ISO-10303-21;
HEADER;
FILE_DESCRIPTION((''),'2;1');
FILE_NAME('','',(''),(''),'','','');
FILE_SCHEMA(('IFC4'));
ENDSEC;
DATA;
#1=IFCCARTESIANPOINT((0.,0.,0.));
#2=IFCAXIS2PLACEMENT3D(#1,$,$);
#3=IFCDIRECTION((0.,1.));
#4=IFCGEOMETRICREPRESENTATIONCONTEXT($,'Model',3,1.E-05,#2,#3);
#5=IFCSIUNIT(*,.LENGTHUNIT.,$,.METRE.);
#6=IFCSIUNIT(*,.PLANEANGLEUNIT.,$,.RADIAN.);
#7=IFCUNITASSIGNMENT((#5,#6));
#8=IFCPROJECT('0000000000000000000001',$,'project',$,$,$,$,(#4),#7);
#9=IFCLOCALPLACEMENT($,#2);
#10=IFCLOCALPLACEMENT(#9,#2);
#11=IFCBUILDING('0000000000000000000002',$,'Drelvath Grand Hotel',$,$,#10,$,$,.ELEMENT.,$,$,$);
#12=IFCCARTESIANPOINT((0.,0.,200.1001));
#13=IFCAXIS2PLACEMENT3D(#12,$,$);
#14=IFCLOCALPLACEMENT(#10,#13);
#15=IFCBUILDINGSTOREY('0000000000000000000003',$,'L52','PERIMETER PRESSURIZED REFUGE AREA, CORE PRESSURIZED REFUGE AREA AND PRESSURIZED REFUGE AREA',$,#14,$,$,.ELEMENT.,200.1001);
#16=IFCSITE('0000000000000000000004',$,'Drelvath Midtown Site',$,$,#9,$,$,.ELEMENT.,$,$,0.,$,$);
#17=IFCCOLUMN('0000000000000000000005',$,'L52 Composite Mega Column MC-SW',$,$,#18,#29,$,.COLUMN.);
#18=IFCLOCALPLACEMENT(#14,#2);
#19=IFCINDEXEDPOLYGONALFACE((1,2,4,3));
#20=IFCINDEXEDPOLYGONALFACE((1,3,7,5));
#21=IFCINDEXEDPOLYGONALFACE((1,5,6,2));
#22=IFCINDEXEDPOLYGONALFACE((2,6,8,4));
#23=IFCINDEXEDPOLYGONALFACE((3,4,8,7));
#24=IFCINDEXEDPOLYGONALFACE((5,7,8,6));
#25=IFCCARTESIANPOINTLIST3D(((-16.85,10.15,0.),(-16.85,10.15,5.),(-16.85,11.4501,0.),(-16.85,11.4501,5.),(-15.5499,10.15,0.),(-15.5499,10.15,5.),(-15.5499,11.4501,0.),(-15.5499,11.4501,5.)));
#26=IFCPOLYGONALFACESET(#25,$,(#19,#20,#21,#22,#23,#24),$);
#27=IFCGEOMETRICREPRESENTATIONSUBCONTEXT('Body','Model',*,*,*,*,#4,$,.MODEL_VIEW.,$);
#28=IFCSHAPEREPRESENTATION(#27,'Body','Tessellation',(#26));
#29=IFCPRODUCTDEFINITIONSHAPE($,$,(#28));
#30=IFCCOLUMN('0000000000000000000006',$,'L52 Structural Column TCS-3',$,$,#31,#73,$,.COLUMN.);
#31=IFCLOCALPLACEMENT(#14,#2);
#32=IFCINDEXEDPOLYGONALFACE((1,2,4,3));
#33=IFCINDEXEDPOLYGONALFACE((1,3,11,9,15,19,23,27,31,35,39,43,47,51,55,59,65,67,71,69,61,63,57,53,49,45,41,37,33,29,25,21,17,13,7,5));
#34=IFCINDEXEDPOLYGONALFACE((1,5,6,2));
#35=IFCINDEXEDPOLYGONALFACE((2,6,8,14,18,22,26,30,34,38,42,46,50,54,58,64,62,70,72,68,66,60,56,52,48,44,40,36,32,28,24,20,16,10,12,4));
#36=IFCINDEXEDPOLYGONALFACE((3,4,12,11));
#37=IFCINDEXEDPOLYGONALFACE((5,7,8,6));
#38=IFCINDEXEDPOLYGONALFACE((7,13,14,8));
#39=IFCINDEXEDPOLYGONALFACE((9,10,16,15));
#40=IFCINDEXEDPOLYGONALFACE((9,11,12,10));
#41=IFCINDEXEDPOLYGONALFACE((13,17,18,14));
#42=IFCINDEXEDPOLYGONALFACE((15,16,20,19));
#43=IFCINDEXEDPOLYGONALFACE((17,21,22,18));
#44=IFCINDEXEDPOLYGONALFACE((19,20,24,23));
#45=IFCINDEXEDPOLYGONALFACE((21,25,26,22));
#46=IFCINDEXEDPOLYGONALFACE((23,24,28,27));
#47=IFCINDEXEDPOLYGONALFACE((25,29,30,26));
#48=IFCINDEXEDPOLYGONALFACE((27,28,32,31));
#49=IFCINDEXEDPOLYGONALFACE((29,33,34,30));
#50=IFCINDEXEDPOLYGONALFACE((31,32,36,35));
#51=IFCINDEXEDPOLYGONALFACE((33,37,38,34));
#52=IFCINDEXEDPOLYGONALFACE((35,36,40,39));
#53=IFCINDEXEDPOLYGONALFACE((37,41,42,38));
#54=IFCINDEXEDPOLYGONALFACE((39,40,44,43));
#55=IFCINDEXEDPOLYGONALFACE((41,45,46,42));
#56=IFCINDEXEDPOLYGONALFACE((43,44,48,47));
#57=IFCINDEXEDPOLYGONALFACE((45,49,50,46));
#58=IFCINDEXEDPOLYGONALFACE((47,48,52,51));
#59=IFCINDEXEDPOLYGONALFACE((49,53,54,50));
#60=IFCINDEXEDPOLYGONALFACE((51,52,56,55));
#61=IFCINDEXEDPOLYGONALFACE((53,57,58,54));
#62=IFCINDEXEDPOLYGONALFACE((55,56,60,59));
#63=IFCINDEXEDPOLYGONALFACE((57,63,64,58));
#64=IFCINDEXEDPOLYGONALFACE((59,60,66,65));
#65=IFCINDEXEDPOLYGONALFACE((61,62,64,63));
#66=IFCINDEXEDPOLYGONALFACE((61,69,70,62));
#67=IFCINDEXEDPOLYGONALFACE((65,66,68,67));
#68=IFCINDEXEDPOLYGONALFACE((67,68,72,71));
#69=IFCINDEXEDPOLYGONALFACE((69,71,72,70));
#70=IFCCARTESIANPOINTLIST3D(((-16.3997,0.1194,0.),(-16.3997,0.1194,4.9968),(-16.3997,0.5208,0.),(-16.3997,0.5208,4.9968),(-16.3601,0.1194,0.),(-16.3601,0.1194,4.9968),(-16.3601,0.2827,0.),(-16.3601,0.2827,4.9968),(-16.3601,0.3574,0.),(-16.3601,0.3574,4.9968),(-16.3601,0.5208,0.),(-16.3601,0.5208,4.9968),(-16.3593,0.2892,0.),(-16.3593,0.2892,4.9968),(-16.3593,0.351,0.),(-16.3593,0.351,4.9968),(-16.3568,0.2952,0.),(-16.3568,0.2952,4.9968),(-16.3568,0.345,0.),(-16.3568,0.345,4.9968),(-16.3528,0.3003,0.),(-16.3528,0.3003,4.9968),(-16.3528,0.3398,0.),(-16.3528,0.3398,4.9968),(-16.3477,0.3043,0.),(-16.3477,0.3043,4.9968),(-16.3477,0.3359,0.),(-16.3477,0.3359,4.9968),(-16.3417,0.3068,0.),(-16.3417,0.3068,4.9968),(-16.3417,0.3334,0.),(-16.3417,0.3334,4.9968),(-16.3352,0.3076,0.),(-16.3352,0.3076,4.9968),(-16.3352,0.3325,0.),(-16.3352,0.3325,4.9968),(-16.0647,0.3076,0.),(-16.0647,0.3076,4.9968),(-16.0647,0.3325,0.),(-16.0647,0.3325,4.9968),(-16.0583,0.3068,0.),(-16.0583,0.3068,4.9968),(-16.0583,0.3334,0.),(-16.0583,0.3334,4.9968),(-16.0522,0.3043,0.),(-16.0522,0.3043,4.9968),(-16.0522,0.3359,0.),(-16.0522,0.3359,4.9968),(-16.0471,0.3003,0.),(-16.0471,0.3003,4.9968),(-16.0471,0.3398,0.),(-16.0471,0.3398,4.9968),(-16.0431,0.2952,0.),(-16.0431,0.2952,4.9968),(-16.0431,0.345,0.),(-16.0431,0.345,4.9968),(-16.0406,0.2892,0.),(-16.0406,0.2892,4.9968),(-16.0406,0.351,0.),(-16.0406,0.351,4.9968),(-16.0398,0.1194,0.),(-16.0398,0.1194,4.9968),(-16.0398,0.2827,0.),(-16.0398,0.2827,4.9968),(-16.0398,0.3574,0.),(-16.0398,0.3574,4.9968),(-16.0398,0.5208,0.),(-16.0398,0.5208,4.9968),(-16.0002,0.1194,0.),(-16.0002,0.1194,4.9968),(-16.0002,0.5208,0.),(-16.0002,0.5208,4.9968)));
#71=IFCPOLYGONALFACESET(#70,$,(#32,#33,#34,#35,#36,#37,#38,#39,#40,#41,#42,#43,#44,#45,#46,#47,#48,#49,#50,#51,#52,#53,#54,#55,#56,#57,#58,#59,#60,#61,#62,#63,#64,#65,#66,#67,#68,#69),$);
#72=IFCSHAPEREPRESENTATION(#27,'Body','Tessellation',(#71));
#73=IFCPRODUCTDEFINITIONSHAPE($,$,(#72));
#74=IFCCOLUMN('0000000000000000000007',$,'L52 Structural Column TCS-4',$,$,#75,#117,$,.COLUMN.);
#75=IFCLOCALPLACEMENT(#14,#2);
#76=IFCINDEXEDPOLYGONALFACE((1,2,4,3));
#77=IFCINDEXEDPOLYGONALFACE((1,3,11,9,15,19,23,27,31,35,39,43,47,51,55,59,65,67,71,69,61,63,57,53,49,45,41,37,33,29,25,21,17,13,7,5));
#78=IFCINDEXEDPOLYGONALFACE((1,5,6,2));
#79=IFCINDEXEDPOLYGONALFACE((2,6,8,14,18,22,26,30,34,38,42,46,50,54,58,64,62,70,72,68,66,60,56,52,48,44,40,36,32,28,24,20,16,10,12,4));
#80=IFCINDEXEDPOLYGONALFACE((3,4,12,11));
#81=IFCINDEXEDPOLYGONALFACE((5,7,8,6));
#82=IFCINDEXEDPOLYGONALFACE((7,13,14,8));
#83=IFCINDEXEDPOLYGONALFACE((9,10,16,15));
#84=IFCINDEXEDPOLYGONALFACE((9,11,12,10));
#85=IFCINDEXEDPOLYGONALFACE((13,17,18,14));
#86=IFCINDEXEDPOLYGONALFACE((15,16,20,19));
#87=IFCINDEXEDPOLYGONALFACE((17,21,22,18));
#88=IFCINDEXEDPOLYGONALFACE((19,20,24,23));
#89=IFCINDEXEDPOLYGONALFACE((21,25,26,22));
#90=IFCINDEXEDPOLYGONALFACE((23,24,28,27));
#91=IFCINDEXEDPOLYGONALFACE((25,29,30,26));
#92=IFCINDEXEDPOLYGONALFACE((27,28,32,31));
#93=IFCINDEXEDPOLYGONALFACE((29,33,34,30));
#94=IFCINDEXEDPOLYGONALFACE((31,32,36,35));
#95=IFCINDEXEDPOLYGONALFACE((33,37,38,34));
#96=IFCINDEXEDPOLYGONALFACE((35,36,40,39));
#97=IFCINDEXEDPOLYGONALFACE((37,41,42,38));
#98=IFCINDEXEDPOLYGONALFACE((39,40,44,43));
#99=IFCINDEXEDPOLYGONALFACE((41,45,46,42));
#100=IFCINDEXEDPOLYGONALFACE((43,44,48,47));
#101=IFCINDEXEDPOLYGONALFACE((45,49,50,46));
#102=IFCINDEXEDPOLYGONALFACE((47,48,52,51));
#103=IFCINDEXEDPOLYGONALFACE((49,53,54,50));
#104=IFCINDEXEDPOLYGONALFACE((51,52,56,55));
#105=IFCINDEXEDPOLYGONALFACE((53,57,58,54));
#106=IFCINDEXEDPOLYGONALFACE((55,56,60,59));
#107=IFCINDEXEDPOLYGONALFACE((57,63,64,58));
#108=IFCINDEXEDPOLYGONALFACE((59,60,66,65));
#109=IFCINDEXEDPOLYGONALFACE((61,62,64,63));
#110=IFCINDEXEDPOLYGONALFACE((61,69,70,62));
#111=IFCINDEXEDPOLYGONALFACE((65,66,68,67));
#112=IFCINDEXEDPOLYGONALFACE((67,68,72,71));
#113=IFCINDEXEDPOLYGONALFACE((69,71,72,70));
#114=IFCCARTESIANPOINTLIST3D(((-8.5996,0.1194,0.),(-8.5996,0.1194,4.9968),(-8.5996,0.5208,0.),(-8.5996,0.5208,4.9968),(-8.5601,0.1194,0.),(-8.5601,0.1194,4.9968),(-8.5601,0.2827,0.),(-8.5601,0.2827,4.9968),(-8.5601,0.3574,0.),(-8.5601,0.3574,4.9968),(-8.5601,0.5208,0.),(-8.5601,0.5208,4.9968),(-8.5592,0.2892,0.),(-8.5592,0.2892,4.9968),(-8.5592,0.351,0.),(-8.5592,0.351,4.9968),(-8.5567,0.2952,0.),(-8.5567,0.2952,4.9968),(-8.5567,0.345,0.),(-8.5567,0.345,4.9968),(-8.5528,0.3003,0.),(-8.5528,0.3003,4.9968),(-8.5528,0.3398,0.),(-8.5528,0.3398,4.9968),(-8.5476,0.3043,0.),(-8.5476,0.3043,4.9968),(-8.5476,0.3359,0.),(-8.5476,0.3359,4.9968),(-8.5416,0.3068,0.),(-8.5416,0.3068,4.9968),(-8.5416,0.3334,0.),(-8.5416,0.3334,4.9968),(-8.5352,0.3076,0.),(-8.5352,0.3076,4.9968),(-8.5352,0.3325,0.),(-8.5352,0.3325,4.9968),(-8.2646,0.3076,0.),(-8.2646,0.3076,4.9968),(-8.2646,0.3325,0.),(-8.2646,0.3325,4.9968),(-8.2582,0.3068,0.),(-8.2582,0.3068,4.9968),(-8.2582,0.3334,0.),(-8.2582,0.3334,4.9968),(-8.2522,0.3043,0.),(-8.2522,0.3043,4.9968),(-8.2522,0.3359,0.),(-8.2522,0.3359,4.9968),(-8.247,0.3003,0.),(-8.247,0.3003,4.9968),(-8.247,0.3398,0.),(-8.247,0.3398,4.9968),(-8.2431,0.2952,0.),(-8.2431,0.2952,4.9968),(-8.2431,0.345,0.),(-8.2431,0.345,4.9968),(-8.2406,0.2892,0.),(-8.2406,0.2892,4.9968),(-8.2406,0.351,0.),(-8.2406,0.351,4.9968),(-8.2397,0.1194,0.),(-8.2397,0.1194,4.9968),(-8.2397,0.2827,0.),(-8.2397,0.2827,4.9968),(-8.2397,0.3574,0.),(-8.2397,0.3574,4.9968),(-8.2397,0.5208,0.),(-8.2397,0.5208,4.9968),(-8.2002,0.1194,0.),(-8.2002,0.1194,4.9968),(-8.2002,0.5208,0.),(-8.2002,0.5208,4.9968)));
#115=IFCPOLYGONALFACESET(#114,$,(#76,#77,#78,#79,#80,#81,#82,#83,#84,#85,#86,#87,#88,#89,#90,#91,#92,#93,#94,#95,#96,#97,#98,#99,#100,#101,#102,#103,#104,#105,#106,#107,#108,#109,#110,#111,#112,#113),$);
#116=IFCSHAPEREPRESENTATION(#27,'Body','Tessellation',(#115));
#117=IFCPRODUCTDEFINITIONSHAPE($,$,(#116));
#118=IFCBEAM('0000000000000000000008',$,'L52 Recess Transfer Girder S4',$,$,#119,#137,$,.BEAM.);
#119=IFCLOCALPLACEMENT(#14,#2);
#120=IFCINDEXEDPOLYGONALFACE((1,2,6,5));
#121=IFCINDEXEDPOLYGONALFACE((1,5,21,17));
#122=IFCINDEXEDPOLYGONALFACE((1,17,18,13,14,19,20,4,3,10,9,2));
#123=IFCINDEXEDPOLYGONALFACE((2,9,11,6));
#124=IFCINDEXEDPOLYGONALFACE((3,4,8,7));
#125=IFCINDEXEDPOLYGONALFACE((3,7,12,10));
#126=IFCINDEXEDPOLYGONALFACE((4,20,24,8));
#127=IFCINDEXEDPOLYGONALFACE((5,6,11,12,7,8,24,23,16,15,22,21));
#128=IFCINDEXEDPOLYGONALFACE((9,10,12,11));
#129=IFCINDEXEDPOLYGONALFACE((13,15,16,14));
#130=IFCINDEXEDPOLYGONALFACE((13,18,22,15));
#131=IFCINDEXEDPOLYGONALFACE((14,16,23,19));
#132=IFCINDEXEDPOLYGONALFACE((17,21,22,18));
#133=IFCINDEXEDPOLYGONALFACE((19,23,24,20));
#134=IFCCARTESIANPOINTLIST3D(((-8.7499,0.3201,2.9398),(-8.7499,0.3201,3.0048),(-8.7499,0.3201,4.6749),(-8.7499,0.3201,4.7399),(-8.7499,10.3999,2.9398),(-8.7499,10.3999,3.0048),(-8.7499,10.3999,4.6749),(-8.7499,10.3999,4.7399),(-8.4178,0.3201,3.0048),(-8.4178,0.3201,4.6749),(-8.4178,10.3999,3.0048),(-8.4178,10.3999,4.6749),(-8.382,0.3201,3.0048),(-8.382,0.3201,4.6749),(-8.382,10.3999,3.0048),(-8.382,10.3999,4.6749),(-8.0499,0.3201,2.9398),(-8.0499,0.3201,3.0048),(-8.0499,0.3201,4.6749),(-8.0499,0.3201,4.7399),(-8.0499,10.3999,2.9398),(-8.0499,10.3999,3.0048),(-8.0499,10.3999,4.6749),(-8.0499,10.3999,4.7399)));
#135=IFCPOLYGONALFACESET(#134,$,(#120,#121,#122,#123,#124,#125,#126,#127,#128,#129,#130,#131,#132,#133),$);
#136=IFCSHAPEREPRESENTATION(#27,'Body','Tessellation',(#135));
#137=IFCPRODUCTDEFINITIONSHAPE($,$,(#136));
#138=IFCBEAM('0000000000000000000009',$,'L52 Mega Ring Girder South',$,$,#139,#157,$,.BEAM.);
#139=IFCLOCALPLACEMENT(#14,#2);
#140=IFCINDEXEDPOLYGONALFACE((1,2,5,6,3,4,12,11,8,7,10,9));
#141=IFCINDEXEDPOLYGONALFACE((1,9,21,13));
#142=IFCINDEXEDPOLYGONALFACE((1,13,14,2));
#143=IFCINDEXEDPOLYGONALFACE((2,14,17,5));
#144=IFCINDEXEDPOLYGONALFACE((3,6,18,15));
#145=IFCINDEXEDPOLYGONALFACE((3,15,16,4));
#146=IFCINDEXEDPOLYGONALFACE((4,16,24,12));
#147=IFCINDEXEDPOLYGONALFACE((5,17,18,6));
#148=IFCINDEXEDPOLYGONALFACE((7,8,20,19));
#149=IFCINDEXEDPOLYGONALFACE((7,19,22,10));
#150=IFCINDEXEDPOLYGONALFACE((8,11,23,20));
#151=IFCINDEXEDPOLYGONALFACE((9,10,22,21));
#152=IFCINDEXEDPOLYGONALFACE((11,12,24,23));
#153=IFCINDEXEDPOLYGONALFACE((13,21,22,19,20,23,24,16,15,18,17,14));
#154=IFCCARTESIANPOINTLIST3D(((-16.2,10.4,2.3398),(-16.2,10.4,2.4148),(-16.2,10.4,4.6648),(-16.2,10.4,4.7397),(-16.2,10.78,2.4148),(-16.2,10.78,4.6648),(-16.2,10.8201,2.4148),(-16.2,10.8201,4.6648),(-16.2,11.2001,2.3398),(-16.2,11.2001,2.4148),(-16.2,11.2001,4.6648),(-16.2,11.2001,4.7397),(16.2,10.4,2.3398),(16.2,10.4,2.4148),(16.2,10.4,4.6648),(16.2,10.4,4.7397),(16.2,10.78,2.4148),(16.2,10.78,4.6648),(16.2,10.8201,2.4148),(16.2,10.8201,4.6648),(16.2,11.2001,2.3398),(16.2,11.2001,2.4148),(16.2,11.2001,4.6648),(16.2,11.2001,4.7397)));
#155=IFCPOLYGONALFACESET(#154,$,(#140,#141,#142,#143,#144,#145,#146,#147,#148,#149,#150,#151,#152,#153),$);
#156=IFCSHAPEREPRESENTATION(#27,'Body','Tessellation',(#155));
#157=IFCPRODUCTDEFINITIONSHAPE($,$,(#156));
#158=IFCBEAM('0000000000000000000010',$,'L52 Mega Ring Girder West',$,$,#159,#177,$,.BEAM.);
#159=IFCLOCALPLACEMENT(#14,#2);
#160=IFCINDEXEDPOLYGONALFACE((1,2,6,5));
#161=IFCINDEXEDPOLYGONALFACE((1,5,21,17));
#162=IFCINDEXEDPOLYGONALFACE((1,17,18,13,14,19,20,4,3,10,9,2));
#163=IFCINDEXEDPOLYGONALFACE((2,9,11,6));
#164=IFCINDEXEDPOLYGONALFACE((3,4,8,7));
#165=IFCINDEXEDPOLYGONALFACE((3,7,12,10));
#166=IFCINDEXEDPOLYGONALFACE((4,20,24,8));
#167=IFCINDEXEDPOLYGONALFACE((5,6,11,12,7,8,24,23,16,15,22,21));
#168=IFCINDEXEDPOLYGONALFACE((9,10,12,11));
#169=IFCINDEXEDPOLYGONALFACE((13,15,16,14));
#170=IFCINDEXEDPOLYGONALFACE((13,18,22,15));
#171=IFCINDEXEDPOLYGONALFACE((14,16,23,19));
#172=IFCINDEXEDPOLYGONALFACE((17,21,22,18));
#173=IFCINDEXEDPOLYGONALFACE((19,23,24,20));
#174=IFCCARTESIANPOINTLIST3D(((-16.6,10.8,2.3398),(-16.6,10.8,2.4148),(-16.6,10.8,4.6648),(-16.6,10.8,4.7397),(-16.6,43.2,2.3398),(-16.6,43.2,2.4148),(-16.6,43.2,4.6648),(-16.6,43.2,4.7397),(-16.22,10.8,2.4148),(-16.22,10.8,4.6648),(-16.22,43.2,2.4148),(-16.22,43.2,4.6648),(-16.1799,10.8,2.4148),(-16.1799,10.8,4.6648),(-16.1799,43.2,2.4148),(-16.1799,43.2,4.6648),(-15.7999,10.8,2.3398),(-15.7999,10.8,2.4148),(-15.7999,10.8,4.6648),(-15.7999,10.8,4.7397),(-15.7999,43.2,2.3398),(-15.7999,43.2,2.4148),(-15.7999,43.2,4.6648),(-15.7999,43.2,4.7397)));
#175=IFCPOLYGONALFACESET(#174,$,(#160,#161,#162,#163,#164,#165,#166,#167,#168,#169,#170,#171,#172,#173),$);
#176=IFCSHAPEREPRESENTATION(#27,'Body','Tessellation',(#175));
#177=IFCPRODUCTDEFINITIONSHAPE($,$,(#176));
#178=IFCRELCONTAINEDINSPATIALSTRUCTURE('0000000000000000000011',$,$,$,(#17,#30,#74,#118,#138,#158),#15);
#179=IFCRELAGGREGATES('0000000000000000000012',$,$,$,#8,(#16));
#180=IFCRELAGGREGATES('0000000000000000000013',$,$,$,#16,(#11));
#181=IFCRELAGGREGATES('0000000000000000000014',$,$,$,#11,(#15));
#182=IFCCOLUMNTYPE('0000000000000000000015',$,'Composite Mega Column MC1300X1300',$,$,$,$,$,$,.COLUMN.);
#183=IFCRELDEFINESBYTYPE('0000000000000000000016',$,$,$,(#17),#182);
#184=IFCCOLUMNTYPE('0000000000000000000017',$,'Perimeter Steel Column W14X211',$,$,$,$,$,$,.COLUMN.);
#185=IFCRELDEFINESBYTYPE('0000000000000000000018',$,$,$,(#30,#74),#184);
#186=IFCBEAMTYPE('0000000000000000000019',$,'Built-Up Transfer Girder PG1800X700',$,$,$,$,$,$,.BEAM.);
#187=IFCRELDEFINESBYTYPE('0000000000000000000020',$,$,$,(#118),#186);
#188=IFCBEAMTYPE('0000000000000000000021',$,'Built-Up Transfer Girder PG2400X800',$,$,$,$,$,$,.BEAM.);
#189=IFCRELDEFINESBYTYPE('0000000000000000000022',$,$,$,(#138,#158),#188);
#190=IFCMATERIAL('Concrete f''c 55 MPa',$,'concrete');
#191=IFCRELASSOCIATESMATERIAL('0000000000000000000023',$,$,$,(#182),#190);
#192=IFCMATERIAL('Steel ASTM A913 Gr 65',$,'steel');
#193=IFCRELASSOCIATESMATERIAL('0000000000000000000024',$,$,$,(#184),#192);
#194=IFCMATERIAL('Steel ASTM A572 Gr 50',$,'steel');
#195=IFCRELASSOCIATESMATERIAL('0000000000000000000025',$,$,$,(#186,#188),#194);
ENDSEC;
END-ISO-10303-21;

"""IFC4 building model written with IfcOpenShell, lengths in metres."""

from ifc_helpers import new_model, si_unit, direction, frame, origin, origin_2d, place, context, subcontext, project, spatial, rectangle, i_section, extrude, material, material_profile, profile_set, type_object, element, save


model = new_model("IFC4")

# Units and contexts
model_context = context("Model", 3, precision=1e-05, world=origin(), true_north=direction((0.0, 1.0)))
body_context = subcontext(model_context, "Body", "Model", "MODEL_VIEW")
ifc_project = project(units=[si_unit("LENGTHUNIT", "METRE"), si_unit("PLANEANGLEUNIT", "RADIAN")], contexts=[model_context])

# Site, building, storey
site_placement = place(None, origin())
site = spatial("IfcSite", under=ifc_project, at=site_placement, Name="Drelvath Midtown Site", CompositionType="ELEMENT", RefElevation=0.0)
building_placement = place(site_placement, origin())
building = spatial("IfcBuilding", under=site, at=building_placement, Name="Drelvath Grand Hotel", CompositionType="ELEMENT")
storey_placement = place(building_placement, frame((0.0, 0.0, 200.1001)))
storey = spatial("IfcBuildingStorey", under=building, at=storey_placement, Name="L52", Description="PERIMETER PRESSURIZED REFUGE AREA, CORE PRESSURIZED REFUGE AREA AND PRESSURIZED REFUGE AREA", CompositionType="ELEMENT", Elevation=200.1001)

# Columns
ifc_material_1 = material(Name="Concrete f'c 55 MPa", Category="concrete")
ifc_material_profile_1 = material_profile(ifc_material_1, rectangle(XDim=1.3, YDim=1.3, at=origin_2d()), Name="MC1300X1300")
ifc_profile_set_1 = profile_set([ifc_material_profile_1], Name="Concrete f'c 55 MPa")
column_type_1 = type_object("IfcColumnType", Name="Composite Mega Column MC1300X1300", PredefinedType="COLUMN", material=ifc_profile_set_1)
column_placement = place(storey_placement, frame((-16.2, 10.8, 0.0), z_axis=(0.0, 0.0, 1.0), x_axis=(1.0, 0.0, 0.0)))
element("IfcColumn", 1, at=column_placement, inside=storey, type_object=column_type_1, Name="L52 Composite Mega Column MC-SW", PredefinedType="COLUMN", context=body_context, shape_type="SweptSolid", body=[
    extrude(rectangle(XDim=1.3, YDim=1.3, at=origin_2d()), origin(), (0.0, 0.0, 1.0), 5.0),
])
ifc_material_2 = material(Name="Steel ASTM A913 Gr 65", Category="steel")
ifc_material_profile_2 = material_profile(ifc_material_2, i_section(OverallWidth=0.4014, OverallDepth=0.3994, WebThickness=0.0249, FlangeThickness=0.0396, FilletRadius=0.0249, at=origin_2d()), Name="W14X211")
ifc_profile_set_2 = profile_set([ifc_material_profile_2], Name="Steel ASTM A913 Gr 65")
column_type_2 = type_object("IfcColumnType", Name="Perimeter Steel Column W14X211", PredefinedType="COLUMN", material=ifc_profile_set_2)
for number, where, z_axis, x_axis, name in (
    (2, (-16.2, 0.3201, 0.0), (0.0, 0.0, 1.0), (0.0, 1.0, 0.0), "L52 Structural Column TCS-3"),
    (3, (-8.3999, 0.3201, 0.0), (0.0, 0.0, 1.0), (0.0, 1.0, 0.0), "L52 Structural Column TCS-4"),
):
    element("IfcColumn", number, at=place(storey_placement, frame(where, z_axis=z_axis, x_axis=x_axis)), inside=storey, type_object=column_type_2, Name=name, PredefinedType="COLUMN", context=body_context, shape_type="SweptSolid", body=[
        extrude(i_section(OverallWidth=0.4014, OverallDepth=0.3994, WebThickness=0.0249, FlangeThickness=0.0396, FilletRadius=0.0249, at=origin_2d()), origin(), (0.0, 0.0, 1.0), 4.9968),
    ])

# Beams
ifc_material_3 = material(Name="Steel ASTM A572 Gr 50", Category="steel")
ifc_material_profile_3 = material_profile(ifc_material_3, i_section(OverallWidth=0.7, OverallDepth=1.8, WebThickness=0.0359, FlangeThickness=0.0649, at=origin_2d()), Name="PG1800X700")
ifc_profile_set_3 = profile_set([ifc_material_profile_3], Name="Steel ASTM A572 Gr 50")
beam_type_1 = type_object("IfcBeamType", Name="Built-Up Transfer Girder PG1800X700", PredefinedType="BEAM", material=ifc_profile_set_3)
beam_1_placement = place(storey_placement, frame((-8.3999, 0.3201, 3.8398), z_axis=(0.0, 1.0, 0.0), x_axis=(-1.0, 0.0, 0.0)))
element("IfcBeam", 4, at=beam_1_placement, inside=storey, type_object=beam_type_1, Name="L52 Recess Transfer Girder S4", PredefinedType="BEAM", context=body_context, shape_type="SweptSolid", body=[
    extrude(i_section(OverallWidth=0.7, OverallDepth=1.8, WebThickness=0.0359, FlangeThickness=0.0649, at=origin_2d()), origin(), (0.0, 0.0, 1.0), 10.0798),
])
ifc_material_profile_4 = material_profile(ifc_material_3, i_section(OverallWidth=0.8, OverallDepth=2.3999, WebThickness=0.04, FlangeThickness=0.075, at=origin_2d()), Name="PG2400X800")
ifc_profile_set_4 = profile_set([ifc_material_profile_4], Name="Steel ASTM A572 Gr 50")
beam_type_2 = type_object("IfcBeamType", Name="Built-Up Transfer Girder PG2400X800", PredefinedType="BEAM", material=ifc_profile_set_4)
for number, where, z_axis, x_axis, name in (
    (5, (-16.2, 10.8, 3.5398), (1.0, 0.0, 0.0), (0.0, 1.0, 0.0), "L52 Mega Ring Girder South"),
    (6, (-16.2, 10.8, 3.5398), (0.0, 1.0, 0.0), (-1.0, 0.0, 0.0), "L52 Mega Ring Girder West"),
):
    element("IfcBeam", number, at=place(storey_placement, frame(where, z_axis=z_axis, x_axis=x_axis)), inside=storey, type_object=beam_type_2, Name=name, PredefinedType="BEAM", context=body_context, shape_type="SweptSolid", body=[
        extrude(i_section(OverallWidth=0.8, OverallDepth=2.3999, WebThickness=0.04, FlangeThickness=0.075, at=origin_2d()), origin(), (0.0, 0.0, 1.0), 32.3999),
    ])

save(model, "model.ifc")
